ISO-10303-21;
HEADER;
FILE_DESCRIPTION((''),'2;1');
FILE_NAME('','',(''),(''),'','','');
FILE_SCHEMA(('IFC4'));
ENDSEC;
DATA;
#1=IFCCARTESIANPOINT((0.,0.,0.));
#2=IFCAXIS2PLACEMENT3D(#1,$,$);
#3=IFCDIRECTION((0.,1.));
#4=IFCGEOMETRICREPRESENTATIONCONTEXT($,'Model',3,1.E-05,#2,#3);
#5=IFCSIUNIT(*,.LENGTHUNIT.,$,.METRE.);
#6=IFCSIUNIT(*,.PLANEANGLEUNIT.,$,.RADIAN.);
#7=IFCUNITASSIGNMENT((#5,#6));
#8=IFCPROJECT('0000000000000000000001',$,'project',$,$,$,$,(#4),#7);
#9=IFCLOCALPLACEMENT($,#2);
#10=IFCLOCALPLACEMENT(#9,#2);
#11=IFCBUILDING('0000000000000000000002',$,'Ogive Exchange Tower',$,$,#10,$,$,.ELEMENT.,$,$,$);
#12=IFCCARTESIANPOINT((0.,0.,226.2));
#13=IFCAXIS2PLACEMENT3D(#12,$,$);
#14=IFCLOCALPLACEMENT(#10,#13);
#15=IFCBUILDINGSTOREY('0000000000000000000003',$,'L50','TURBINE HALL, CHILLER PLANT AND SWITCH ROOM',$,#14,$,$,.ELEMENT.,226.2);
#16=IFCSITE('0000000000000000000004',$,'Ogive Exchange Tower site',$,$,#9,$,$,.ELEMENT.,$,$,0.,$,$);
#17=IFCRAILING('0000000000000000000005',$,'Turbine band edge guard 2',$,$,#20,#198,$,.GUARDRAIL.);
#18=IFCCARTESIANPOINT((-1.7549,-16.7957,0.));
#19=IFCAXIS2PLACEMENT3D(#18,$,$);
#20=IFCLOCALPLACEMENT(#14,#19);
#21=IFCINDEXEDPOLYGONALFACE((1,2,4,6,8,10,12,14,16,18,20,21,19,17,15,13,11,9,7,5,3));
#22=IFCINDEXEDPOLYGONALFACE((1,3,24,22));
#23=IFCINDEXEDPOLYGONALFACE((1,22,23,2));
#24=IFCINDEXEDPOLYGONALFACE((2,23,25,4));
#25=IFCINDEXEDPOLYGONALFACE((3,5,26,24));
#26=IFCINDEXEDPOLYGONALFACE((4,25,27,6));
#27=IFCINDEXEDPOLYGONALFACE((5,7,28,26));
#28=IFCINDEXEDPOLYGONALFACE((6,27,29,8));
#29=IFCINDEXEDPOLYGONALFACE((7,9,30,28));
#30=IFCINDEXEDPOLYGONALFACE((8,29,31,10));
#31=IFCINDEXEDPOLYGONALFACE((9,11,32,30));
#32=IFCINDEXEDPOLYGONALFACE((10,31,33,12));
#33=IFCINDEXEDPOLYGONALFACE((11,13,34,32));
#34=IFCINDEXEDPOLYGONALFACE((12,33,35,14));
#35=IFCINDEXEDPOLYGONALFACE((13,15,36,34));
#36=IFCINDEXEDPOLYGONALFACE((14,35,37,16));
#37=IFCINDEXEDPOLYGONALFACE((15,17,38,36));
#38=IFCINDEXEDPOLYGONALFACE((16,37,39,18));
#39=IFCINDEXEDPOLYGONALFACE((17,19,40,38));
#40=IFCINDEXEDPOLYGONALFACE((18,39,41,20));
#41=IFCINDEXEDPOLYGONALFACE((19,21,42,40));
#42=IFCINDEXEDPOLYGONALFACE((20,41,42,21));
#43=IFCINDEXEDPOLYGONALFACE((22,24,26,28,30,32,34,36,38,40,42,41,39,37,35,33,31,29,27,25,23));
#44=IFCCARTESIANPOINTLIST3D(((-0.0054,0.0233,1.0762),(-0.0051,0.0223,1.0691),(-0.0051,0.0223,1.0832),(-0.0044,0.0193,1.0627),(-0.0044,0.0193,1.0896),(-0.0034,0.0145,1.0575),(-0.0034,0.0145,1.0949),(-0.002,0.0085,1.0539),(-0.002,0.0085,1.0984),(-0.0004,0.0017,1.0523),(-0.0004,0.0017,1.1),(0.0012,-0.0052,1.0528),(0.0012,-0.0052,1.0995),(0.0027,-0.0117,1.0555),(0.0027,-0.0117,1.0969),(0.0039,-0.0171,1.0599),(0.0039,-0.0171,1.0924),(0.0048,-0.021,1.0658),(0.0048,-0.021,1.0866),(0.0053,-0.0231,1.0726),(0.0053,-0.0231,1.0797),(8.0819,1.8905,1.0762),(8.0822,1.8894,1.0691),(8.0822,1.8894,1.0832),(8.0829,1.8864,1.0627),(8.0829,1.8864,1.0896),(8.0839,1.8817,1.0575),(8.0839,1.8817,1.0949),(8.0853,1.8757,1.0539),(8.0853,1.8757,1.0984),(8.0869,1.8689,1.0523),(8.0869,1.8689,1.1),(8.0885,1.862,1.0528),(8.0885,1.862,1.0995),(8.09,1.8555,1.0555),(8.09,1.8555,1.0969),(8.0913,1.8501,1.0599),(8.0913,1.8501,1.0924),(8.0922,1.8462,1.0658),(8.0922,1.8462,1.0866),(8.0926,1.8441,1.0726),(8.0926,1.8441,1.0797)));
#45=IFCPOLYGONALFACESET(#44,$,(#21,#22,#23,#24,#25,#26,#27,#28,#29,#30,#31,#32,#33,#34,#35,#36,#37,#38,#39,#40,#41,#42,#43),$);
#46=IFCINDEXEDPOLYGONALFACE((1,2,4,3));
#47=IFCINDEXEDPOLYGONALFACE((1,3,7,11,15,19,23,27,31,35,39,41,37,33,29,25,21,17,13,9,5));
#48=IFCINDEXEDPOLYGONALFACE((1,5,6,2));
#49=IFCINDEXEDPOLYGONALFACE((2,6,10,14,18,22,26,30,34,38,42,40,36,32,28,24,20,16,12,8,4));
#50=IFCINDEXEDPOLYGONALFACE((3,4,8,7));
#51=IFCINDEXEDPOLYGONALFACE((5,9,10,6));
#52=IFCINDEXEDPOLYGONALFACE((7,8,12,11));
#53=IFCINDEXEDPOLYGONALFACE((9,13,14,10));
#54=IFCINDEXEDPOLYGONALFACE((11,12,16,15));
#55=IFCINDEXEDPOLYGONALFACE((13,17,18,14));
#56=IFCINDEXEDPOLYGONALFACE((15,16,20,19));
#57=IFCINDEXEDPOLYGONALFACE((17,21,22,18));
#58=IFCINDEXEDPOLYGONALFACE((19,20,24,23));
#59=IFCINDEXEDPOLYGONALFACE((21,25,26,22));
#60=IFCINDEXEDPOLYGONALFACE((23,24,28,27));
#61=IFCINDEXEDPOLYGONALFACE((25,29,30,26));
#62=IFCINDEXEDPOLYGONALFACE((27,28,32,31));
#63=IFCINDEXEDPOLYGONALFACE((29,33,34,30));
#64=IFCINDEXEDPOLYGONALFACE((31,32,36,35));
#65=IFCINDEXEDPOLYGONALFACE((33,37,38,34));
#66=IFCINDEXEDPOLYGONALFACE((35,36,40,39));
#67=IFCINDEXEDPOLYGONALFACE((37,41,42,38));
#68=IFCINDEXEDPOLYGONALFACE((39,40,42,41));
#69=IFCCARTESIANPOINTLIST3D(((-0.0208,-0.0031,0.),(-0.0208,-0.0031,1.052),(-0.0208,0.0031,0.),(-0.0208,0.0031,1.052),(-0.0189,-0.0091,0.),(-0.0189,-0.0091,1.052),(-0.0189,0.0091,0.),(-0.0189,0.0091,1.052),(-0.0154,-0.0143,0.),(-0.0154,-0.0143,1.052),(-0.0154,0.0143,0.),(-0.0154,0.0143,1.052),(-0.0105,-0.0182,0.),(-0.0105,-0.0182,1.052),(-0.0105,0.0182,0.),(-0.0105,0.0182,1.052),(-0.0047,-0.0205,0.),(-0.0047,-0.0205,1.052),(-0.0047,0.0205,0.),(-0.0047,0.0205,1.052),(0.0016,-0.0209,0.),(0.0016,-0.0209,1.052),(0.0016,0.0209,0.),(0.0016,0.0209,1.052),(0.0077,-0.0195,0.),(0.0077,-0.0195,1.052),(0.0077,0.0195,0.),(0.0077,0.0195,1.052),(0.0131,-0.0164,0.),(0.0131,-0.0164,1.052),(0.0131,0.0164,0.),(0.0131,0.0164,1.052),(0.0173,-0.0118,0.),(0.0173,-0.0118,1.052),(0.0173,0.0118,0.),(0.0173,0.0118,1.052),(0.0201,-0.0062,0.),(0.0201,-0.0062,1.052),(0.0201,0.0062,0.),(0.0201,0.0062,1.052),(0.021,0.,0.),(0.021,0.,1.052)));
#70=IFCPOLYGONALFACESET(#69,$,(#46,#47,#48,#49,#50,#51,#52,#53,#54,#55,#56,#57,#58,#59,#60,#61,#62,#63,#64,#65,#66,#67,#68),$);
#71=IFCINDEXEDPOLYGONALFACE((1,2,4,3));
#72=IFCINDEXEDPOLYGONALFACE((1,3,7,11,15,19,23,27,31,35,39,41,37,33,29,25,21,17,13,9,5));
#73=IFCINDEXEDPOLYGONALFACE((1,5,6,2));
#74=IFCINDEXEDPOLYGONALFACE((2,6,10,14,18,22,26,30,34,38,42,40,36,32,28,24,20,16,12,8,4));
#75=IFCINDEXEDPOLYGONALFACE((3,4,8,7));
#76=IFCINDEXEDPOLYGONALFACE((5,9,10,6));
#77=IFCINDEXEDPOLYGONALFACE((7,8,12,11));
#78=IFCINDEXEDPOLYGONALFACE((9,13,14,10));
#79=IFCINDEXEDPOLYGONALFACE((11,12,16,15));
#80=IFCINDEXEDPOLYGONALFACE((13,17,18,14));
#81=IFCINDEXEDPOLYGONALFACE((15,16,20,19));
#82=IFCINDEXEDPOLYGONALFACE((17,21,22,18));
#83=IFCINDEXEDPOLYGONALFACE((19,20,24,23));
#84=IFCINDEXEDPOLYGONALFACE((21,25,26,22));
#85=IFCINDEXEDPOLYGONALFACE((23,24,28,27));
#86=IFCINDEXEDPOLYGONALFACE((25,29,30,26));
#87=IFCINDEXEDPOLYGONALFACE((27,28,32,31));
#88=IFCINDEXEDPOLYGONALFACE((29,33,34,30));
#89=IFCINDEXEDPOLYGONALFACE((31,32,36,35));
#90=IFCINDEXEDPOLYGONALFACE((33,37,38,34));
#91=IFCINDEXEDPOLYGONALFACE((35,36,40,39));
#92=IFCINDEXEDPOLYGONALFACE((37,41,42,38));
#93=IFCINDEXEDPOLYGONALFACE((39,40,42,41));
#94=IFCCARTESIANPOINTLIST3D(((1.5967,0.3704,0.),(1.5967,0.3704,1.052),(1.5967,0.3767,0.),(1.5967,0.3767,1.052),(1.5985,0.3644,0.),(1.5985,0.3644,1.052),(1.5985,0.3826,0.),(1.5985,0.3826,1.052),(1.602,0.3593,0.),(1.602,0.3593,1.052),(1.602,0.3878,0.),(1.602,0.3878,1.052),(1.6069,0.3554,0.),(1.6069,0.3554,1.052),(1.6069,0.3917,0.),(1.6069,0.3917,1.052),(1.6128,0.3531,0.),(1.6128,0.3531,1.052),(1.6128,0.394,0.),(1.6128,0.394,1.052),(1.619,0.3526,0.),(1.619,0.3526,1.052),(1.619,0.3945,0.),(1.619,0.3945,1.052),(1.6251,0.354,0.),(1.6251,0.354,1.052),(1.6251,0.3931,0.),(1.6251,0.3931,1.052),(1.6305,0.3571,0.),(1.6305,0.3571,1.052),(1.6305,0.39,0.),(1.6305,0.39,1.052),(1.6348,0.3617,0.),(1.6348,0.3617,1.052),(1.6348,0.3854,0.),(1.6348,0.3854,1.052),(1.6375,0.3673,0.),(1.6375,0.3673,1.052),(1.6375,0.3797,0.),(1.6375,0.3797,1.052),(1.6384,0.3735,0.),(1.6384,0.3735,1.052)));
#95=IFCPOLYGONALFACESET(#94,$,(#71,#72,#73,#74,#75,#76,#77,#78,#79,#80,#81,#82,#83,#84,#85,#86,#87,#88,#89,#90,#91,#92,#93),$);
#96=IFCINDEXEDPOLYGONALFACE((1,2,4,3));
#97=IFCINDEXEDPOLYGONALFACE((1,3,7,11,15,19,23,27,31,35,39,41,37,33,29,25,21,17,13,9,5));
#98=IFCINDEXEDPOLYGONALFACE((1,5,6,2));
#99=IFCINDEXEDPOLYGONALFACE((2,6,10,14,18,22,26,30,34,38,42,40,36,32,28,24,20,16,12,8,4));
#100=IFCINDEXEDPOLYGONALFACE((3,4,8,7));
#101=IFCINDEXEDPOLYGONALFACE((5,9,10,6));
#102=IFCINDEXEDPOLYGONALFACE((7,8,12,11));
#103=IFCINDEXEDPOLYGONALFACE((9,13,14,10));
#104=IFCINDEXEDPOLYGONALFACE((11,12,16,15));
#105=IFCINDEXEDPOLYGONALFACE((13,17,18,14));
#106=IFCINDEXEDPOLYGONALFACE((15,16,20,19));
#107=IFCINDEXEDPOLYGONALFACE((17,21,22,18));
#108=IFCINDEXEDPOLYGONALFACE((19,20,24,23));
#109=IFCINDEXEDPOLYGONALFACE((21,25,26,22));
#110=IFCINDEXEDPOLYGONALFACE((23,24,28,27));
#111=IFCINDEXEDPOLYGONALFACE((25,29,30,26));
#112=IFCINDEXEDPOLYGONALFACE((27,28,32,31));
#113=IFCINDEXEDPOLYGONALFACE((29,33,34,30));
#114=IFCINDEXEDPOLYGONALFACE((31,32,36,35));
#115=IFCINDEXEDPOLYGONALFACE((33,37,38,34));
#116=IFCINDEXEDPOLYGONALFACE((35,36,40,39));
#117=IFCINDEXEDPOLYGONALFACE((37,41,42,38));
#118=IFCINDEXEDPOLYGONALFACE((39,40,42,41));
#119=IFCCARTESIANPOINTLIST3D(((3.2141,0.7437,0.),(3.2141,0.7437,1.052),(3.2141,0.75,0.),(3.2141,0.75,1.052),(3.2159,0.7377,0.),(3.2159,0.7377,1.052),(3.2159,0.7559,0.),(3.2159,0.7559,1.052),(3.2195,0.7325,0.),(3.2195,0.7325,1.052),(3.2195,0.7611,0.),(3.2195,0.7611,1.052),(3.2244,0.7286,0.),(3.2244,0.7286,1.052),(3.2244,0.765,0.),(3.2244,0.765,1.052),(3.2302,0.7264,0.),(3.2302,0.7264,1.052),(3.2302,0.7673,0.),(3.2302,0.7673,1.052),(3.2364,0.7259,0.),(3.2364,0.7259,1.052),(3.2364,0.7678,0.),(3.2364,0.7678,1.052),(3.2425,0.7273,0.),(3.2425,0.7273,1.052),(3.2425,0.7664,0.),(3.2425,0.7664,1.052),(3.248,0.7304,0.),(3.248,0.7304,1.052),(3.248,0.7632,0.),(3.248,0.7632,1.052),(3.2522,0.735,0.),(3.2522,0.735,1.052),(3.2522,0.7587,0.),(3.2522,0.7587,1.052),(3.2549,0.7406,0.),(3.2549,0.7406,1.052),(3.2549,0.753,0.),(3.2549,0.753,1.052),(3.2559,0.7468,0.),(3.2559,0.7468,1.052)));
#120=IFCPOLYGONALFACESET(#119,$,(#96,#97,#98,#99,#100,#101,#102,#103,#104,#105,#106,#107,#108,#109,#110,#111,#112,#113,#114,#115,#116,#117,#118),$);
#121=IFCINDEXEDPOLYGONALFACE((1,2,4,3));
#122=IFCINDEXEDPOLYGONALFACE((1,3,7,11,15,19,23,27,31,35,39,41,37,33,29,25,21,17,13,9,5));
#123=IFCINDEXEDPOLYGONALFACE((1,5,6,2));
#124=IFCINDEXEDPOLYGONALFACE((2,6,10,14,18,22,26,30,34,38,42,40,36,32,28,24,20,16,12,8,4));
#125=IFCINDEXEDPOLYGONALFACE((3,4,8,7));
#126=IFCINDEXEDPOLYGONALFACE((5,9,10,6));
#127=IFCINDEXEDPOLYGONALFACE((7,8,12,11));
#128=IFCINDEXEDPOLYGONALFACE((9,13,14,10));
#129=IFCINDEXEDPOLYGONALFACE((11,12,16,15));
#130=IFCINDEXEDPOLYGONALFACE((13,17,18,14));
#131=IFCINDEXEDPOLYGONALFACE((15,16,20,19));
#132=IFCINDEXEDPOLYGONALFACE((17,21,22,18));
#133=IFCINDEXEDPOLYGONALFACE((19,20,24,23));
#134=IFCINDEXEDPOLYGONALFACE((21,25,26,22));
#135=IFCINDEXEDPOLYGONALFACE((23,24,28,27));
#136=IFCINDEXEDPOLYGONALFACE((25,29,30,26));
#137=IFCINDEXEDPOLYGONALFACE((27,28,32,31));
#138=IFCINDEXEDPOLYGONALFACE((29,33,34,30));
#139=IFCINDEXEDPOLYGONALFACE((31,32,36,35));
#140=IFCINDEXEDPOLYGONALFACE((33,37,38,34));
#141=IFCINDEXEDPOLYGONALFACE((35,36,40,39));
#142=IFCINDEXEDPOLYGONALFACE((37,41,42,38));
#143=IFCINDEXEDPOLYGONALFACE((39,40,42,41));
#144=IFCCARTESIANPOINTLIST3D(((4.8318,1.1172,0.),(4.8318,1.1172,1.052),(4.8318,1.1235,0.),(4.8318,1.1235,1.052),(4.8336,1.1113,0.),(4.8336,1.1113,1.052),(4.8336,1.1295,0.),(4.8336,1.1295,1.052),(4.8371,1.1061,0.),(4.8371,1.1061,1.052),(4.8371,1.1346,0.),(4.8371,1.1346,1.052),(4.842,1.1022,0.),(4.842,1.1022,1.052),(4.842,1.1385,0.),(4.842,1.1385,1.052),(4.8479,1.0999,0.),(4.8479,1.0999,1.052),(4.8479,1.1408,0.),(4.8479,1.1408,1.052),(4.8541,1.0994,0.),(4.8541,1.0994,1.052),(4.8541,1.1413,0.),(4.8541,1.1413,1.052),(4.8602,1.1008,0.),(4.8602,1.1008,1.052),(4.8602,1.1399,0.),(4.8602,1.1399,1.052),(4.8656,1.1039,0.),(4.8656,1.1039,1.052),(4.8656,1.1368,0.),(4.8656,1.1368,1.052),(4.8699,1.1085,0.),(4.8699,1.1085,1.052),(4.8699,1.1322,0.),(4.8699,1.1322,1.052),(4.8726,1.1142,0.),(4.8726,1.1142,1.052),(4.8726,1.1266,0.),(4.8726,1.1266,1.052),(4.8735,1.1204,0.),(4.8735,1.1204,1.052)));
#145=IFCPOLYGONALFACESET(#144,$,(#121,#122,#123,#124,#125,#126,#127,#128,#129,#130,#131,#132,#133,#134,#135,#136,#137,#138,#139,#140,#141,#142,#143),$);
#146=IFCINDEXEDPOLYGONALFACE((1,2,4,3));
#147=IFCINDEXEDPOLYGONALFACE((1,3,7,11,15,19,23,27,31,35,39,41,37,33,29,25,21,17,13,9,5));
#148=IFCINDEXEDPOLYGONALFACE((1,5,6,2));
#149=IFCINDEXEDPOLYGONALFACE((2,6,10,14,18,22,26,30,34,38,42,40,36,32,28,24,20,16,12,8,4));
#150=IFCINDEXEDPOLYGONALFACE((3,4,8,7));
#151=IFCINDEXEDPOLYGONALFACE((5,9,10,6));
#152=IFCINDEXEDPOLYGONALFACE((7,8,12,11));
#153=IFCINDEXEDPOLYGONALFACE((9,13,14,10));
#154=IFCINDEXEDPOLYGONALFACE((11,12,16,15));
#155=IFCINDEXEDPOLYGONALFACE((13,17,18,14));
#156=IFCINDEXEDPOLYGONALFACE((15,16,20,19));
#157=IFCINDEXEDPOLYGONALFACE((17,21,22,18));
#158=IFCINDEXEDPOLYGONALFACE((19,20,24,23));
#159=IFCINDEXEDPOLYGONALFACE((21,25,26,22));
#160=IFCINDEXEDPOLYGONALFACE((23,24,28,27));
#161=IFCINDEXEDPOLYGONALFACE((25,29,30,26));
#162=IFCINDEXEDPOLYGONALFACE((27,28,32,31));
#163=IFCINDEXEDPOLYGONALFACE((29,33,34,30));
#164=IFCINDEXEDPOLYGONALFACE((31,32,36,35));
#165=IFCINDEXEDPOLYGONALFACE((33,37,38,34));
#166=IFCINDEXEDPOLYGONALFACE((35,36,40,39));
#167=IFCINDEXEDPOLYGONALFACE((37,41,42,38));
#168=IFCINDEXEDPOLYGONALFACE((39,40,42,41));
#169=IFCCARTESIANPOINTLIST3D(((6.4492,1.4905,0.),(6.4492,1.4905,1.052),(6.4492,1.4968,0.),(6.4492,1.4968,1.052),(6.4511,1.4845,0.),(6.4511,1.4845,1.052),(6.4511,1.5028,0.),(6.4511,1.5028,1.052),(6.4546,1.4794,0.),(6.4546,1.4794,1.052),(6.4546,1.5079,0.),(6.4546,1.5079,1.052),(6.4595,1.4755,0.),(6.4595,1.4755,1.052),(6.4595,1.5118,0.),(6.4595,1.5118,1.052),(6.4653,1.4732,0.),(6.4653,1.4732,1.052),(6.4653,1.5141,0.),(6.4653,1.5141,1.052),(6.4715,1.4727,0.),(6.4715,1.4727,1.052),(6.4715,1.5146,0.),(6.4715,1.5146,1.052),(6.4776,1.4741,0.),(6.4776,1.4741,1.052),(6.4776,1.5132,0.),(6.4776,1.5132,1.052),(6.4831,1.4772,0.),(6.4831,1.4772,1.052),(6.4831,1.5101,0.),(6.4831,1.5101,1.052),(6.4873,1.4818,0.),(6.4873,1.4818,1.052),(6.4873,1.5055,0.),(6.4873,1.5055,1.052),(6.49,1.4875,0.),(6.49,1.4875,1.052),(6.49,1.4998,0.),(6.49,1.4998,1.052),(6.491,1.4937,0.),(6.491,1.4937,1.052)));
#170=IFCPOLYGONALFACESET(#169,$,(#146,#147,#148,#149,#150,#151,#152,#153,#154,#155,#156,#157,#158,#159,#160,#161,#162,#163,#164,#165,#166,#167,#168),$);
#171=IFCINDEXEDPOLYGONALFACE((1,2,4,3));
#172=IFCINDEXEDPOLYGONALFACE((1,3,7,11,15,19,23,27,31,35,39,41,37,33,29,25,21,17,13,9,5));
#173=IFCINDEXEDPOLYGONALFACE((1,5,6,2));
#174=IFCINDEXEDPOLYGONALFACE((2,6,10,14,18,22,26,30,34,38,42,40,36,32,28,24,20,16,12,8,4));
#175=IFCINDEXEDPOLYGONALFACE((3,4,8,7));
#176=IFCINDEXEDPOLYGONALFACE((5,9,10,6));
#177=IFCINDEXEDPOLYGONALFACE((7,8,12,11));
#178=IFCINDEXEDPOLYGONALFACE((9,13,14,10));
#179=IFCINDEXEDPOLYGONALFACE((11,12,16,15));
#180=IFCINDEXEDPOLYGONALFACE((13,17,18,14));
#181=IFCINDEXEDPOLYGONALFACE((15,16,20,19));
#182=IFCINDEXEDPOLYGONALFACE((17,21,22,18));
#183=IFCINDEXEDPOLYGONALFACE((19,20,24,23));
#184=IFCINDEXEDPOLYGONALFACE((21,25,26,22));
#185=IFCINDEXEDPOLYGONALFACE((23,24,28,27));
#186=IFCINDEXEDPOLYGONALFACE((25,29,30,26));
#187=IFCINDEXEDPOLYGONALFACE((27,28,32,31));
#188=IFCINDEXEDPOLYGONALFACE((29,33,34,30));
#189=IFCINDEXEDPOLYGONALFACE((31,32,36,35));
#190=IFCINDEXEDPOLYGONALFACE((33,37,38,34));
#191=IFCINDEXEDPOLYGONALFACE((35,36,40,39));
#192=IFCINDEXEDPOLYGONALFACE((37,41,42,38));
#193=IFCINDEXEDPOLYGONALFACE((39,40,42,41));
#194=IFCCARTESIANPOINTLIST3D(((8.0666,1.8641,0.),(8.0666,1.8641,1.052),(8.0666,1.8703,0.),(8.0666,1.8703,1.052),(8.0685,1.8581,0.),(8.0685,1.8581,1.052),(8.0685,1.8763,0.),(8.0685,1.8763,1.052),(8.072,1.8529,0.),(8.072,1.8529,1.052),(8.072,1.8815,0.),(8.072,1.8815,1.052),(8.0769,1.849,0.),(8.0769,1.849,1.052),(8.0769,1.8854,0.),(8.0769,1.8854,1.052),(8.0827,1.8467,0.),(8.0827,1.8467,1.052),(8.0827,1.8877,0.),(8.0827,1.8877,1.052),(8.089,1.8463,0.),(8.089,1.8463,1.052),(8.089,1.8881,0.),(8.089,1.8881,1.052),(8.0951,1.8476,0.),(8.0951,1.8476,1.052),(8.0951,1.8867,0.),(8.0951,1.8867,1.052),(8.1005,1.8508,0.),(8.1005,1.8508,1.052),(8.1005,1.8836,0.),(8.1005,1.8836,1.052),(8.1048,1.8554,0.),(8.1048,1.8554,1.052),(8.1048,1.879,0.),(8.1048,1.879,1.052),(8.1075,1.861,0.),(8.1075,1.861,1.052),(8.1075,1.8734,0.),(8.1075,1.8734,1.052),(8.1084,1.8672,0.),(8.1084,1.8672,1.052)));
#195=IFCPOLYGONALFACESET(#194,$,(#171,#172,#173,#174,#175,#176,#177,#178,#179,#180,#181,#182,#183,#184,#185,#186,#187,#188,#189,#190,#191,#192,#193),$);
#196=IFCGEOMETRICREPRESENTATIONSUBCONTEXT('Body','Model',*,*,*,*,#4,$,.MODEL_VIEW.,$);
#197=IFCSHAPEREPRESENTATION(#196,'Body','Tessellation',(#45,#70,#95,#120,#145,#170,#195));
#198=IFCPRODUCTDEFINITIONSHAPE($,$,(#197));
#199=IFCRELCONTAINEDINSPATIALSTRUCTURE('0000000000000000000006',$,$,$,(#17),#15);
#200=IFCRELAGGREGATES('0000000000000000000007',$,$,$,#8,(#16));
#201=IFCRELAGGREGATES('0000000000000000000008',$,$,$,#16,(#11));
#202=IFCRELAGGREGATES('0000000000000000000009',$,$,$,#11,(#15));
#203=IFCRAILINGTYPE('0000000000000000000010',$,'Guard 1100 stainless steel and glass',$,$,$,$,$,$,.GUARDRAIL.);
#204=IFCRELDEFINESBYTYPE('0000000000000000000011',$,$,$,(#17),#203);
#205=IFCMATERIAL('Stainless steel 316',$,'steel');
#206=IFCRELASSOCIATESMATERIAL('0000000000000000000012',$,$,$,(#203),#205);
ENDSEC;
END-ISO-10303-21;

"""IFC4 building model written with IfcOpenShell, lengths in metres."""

from ifc_helpers import new_model, si_unit, direction, frame, origin, origin_2d, place, context, subcontext, project, spatial, circle, extrude, material, type_object, element, save


model = new_model("IFC4")

# Units and contexts
model_context = context("Model", 3, precision=1e-05, world=origin(), true_north=direction((0.0, 1.0)))
body_context = subcontext(model_context, "Body", "Model", "MODEL_VIEW")
ifc_project = project(units=[si_unit("LENGTHUNIT", "METRE"), si_unit("PLANEANGLEUNIT", "RADIAN")], contexts=[model_context])

# Site, building, storey
site_placement = place(None, origin())
site = spatial("IfcSite", under=ifc_project, at=site_placement, Name="Ogive Exchange Tower site", CompositionType="ELEMENT", RefElevation=0.0)
building_placement = place(site_placement, origin())
building = spatial("IfcBuilding", under=site, at=building_placement, Name="Ogive Exchange Tower", CompositionType="ELEMENT")
storey_placement = place(building_placement, frame((0.0, 0.0, 226.2)))
storey = spatial("IfcBuildingStorey", under=building, at=storey_placement, Name="L50", Description="TURBINE HALL, CHILLER PLANT AND SWITCH ROOM", CompositionType="ELEMENT", Elevation=226.2)

# Railing
ifc_material_1 = material(Name="Stainless steel 316", Category="steel")
railing_type = type_object("IfcRailingType", Name="Guard 1100 stainless steel and glass", PredefinedType="GUARDRAIL", material=ifc_material_1)
railing_placement = place(storey_placement, frame((-1.7549, -16.7957, 0.0)))
element("IfcRailing", 1, at=railing_placement, inside=storey, type_object=railing_type, Name="Turbine band edge guard 2", PredefinedType="GUARDRAIL", context=body_context, shape_type="SweptSolid", body=[
    extrude(circle(Radius=0.0239, at=origin_2d()), frame((0.0, 0.0, 1.0762), z_axis=(0.974368, 0.224958, 0.0), x_axis=(-0.224958, 0.974368, 0.0)), (0.0, 0.0, 1.0), 8.3),
    extrude(circle(Radius=0.021, at=origin_2d()), origin(), (0.0, 0.0, 1.0), 1.052),
    extrude(circle(Radius=0.021, at=origin_2d()), frame((1.6174, 0.3735, 0.0)), (0.0, 0.0, 1.0), 1.052),
    extrude(circle(Radius=0.021, at=origin_2d()), frame((3.2349, 0.7468, 0.0)), (0.0, 0.0, 1.0), 1.052),
    extrude(circle(Radius=0.021, at=origin_2d()), frame((4.8525, 1.1204, 0.0)), (0.0, 0.0, 1.0), 1.052),
    extrude(circle(Radius=0.021, at=origin_2d()), frame((6.47, 1.4937, 0.0)), (0.0, 0.0, 1.0), 1.052),
    extrude(circle(Radius=0.021, at=origin_2d()), frame((8.0874, 1.8672, 0.0)), (0.0, 0.0, 1.0), 1.052),
])

save(model, "model.ifc")
